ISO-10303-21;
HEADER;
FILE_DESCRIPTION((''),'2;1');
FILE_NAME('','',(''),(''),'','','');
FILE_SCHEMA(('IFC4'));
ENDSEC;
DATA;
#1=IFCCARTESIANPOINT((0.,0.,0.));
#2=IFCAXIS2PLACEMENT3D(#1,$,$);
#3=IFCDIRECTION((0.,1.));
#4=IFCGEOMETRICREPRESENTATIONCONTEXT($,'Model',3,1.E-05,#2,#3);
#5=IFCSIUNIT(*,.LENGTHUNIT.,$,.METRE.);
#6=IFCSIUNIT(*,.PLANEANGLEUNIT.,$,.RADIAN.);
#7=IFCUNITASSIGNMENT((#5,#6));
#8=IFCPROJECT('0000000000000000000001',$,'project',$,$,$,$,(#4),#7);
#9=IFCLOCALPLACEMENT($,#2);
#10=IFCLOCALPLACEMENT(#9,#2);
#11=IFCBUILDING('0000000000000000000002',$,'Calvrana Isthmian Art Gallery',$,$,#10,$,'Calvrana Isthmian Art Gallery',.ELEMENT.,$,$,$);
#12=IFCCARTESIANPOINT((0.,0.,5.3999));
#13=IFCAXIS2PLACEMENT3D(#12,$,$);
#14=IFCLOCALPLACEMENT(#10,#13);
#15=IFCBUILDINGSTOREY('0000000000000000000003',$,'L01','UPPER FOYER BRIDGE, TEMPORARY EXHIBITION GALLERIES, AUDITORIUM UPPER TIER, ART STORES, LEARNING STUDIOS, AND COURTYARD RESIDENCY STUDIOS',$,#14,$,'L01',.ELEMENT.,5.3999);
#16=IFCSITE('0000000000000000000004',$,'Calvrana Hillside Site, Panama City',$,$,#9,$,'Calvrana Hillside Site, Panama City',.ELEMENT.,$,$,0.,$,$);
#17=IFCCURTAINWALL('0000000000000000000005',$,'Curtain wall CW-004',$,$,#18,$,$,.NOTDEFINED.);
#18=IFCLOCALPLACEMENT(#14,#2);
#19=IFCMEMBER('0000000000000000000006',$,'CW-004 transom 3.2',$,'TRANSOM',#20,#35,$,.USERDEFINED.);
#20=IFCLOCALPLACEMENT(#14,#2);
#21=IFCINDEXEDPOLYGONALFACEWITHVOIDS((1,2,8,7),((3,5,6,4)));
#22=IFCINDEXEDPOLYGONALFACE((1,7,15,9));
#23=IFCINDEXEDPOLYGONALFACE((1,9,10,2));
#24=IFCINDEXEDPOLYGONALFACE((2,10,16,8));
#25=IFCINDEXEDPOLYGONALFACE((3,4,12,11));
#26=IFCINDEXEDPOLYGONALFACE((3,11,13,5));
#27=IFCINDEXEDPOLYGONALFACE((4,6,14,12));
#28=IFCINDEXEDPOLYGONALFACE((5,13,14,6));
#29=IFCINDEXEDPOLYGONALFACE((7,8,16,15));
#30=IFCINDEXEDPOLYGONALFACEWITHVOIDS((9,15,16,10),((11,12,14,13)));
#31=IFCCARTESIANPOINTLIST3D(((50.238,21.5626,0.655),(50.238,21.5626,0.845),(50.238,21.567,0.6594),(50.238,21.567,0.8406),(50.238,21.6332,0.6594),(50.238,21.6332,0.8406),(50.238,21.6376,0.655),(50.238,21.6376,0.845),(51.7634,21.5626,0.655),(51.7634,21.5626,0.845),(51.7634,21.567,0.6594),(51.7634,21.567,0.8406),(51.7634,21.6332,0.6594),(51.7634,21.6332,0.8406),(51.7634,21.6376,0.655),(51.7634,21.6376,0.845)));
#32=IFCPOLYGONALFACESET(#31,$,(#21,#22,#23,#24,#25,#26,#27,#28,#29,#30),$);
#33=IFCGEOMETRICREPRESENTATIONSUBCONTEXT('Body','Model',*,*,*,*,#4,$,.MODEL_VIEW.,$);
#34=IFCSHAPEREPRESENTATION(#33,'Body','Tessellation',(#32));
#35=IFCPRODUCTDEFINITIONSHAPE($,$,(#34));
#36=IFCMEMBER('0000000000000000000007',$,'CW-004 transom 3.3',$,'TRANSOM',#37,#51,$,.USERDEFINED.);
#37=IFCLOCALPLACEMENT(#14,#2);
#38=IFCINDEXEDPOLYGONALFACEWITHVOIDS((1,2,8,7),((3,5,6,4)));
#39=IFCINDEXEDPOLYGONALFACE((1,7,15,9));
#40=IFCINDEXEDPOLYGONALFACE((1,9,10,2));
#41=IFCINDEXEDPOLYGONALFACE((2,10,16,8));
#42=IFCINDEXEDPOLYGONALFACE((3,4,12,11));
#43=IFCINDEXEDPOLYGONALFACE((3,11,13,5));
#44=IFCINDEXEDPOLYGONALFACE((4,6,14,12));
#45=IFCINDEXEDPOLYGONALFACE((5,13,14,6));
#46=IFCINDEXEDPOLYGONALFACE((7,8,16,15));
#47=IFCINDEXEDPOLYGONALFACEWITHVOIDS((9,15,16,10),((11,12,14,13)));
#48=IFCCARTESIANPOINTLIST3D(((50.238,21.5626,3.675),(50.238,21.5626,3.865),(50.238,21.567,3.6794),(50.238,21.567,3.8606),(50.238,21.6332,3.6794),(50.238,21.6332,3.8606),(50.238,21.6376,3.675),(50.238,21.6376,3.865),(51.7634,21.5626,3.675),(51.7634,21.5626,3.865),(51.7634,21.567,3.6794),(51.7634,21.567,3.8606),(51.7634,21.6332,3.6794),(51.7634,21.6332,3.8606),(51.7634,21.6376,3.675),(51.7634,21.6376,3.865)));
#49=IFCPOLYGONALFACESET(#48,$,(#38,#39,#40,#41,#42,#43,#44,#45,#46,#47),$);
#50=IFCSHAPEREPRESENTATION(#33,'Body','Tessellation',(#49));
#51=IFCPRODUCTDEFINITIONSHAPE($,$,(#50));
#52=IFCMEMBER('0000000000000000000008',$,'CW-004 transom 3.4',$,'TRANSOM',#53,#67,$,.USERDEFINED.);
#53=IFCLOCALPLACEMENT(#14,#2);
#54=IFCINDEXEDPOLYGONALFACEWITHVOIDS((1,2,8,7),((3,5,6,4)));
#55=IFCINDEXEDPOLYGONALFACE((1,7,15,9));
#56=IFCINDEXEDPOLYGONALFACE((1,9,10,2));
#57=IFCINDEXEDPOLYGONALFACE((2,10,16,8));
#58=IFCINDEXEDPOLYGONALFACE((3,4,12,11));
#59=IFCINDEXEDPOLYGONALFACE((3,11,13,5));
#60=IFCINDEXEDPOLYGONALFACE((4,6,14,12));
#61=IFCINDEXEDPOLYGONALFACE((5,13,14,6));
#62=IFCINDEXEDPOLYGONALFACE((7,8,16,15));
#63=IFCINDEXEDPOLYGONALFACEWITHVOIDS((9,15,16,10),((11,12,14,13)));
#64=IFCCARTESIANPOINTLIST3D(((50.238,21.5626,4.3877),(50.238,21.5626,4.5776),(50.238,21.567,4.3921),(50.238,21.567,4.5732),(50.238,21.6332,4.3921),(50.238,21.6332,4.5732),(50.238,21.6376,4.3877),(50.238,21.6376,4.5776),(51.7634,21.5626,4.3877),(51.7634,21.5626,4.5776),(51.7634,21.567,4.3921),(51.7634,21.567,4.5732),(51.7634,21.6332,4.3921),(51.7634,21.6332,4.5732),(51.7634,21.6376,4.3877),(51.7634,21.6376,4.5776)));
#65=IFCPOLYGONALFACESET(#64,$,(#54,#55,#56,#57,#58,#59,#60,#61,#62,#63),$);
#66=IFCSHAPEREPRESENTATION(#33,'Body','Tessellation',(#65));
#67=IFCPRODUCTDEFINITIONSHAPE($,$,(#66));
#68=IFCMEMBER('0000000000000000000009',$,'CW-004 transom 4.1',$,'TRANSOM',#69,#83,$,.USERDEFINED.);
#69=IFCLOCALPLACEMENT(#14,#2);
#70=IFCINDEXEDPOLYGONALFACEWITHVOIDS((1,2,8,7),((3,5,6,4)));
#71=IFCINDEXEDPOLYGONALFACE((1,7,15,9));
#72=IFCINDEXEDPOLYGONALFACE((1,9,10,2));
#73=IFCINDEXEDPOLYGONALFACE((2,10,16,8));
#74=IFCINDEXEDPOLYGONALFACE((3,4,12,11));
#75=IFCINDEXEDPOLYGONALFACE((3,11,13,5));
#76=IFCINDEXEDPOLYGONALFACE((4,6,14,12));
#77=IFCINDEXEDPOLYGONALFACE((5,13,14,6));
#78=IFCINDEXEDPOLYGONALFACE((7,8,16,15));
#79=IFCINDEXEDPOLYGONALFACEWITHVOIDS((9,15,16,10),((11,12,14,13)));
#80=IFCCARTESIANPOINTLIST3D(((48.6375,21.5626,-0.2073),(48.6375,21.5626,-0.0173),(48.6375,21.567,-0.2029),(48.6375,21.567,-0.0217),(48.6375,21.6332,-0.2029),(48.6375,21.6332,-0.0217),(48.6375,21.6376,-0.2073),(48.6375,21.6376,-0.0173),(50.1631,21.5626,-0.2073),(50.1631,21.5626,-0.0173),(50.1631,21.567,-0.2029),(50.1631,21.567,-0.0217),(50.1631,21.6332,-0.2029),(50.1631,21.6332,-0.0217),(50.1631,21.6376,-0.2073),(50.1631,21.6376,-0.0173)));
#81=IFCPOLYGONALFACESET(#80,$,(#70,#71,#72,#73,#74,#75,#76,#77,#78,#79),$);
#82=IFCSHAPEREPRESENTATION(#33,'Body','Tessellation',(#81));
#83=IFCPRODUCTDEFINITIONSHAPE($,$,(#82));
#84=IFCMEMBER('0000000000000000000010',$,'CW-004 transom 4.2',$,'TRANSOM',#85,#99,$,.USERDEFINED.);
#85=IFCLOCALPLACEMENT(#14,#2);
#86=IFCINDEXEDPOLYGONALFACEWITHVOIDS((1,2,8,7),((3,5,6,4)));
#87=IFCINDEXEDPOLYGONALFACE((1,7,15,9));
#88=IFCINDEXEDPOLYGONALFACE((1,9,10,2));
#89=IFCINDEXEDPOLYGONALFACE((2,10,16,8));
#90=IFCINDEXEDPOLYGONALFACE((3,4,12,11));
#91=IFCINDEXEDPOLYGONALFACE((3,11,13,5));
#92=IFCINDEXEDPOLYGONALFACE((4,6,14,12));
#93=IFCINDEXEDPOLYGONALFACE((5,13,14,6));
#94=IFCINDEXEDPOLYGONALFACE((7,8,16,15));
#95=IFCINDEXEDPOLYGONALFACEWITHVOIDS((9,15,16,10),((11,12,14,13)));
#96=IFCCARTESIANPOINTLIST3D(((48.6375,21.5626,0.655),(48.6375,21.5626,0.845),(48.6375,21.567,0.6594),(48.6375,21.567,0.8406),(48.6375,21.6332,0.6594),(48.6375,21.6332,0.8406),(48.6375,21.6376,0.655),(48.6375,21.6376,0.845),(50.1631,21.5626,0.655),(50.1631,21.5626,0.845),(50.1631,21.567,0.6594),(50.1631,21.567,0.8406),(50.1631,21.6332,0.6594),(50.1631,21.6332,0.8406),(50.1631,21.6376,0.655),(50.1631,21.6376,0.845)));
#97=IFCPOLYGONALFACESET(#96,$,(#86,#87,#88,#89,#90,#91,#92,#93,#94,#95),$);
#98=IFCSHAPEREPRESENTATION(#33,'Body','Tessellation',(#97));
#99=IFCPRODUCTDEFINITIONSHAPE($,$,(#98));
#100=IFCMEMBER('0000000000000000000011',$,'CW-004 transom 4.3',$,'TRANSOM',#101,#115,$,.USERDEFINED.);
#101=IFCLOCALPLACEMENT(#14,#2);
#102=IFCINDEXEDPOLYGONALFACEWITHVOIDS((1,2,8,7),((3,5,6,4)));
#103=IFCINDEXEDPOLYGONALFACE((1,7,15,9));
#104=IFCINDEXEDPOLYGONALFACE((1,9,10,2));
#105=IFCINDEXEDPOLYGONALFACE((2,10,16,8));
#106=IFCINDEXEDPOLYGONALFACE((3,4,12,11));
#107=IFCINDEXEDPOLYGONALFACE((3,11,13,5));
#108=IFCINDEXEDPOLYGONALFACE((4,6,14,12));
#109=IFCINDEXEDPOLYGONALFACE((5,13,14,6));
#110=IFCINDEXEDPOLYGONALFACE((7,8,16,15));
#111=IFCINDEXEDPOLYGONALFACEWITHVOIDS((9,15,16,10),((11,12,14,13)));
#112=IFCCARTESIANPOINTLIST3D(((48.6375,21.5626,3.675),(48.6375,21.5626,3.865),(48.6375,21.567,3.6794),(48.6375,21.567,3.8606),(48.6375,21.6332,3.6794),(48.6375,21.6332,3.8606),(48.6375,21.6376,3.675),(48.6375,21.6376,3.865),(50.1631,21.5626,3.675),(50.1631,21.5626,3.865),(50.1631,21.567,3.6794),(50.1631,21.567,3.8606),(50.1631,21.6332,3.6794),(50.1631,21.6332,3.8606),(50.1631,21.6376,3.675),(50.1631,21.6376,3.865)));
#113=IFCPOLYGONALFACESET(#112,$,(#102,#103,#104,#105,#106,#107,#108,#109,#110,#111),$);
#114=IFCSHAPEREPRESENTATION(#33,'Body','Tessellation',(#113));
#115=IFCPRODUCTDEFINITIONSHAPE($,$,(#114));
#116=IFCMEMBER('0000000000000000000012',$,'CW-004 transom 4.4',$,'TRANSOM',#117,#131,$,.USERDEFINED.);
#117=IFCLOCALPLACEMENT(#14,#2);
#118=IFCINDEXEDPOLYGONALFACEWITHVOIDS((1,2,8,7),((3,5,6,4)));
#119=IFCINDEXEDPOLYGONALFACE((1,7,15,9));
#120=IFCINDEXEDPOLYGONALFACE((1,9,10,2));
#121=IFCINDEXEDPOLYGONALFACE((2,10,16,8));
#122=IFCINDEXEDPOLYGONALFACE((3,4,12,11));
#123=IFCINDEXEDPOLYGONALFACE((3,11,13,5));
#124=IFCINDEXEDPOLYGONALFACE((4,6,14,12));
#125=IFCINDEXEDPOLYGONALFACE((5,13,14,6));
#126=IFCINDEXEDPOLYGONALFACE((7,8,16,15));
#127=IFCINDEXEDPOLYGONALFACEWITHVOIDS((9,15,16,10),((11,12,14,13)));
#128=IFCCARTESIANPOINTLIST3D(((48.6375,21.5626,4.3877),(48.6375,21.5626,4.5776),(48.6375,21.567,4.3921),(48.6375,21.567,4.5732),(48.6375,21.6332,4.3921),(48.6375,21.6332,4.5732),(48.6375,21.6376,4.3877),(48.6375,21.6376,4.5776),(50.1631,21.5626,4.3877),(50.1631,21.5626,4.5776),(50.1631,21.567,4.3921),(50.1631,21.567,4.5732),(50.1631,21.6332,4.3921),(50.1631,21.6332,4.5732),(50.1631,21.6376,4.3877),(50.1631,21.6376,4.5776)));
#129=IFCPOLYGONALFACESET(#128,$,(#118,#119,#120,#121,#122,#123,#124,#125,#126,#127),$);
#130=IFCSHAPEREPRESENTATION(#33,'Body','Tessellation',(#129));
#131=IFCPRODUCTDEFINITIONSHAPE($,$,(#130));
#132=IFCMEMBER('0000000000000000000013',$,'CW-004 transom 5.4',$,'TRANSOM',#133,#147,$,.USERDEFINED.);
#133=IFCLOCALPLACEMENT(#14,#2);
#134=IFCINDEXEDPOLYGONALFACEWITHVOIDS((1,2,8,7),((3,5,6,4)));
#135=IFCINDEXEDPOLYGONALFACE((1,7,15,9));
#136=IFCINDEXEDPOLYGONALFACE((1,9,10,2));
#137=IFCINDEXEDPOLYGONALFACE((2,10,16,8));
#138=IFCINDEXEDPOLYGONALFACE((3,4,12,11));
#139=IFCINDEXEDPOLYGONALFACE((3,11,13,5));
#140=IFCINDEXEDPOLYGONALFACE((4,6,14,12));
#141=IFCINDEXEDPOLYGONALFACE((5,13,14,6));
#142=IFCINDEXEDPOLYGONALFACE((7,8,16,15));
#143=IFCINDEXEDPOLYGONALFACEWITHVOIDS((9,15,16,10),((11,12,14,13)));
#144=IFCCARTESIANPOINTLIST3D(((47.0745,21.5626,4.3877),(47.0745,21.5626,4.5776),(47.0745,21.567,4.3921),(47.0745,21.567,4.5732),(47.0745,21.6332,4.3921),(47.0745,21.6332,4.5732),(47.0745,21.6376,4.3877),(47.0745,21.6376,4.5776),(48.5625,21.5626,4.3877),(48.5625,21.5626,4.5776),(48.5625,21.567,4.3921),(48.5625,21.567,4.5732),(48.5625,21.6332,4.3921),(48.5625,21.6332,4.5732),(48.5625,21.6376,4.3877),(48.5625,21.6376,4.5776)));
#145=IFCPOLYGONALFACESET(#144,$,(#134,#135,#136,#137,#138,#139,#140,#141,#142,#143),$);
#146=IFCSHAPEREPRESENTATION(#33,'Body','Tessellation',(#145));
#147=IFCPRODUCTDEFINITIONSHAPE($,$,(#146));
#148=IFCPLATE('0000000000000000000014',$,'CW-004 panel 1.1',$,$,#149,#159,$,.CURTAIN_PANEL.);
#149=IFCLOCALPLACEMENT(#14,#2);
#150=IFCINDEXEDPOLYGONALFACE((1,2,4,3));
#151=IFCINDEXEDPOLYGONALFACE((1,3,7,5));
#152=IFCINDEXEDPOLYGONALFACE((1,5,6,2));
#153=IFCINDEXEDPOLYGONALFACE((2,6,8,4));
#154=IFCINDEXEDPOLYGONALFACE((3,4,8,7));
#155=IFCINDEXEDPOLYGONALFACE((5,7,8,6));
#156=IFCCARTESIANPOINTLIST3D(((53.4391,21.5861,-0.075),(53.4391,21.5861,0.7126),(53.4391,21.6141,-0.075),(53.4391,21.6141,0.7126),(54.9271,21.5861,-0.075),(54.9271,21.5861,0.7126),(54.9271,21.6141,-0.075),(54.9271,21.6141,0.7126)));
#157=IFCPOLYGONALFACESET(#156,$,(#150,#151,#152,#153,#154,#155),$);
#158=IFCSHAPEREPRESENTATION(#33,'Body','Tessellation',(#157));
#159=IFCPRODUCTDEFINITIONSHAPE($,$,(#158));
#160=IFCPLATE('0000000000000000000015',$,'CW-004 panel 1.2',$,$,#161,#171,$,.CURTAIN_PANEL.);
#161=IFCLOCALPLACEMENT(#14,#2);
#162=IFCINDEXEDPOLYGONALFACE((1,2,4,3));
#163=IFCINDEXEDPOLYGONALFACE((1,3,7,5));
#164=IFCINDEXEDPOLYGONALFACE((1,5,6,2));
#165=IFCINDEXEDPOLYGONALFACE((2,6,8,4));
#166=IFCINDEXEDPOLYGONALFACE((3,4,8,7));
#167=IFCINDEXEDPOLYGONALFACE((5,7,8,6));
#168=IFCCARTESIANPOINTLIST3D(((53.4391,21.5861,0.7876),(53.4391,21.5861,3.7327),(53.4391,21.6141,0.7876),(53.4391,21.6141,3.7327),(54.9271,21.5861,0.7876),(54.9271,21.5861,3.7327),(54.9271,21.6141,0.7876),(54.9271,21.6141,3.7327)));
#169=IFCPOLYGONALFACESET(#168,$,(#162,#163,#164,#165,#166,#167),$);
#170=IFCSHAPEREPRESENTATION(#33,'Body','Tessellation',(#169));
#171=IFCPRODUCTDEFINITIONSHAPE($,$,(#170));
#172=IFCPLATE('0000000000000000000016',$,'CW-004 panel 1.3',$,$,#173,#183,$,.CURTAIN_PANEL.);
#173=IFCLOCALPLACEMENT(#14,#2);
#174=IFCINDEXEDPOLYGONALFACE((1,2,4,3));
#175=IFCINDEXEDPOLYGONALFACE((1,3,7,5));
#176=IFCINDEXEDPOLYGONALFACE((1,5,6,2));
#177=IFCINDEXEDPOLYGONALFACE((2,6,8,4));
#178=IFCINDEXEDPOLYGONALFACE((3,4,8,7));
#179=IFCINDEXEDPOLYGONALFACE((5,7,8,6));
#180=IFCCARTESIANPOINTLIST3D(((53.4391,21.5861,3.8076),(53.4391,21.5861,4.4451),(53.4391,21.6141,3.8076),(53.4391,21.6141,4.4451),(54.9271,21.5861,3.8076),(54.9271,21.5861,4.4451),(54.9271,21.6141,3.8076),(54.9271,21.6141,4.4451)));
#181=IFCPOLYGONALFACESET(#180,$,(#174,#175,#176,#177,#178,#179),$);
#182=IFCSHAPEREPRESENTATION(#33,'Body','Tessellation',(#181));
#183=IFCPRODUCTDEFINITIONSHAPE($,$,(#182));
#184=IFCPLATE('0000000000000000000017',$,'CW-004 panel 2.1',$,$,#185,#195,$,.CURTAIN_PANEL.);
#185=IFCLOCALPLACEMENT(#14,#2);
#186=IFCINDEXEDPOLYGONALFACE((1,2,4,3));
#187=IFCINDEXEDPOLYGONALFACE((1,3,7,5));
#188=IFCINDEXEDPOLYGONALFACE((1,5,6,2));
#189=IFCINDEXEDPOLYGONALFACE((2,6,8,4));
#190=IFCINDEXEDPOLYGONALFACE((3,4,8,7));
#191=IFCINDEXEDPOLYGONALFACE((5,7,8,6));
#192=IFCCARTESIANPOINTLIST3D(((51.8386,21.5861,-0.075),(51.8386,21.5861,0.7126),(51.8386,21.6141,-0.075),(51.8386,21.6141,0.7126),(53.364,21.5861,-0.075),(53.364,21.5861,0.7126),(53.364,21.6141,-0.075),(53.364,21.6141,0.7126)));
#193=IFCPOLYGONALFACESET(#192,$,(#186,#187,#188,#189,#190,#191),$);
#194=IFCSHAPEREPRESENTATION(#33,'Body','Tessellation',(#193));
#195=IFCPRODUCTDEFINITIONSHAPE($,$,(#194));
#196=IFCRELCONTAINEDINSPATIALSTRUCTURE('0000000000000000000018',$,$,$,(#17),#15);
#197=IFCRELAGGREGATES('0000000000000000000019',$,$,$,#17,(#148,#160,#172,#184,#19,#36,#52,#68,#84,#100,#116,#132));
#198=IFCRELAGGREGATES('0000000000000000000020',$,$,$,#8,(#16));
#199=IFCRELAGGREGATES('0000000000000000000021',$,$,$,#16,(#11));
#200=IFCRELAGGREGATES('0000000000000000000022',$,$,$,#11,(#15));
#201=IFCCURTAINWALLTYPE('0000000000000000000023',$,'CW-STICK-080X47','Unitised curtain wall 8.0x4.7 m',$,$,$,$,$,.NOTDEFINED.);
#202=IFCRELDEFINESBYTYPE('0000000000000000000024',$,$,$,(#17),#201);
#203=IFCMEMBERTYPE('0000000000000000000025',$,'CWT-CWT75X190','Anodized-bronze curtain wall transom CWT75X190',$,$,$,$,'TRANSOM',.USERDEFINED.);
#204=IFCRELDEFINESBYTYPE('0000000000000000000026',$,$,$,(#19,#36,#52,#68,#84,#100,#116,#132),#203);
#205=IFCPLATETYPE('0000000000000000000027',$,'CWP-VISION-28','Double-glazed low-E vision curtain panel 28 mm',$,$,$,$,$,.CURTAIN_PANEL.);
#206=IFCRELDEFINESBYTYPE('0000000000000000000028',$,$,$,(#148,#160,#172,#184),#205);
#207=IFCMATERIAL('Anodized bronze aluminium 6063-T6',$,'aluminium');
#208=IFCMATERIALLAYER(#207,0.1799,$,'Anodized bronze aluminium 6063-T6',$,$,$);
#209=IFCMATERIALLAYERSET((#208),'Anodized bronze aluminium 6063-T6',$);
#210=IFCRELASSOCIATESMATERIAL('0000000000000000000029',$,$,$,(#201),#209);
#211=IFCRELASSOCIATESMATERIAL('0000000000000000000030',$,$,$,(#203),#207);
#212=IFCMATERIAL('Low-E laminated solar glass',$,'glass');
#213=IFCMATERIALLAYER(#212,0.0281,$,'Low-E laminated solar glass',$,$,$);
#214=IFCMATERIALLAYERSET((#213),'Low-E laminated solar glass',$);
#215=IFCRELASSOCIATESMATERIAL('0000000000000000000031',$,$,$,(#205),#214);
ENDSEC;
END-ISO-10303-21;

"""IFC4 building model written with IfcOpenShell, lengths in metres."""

from ifc_helpers import new_model, si_unit, direction, frame, origin, origin_2d, place, context, subcontext, project, spatial, rectangle, hollow_rectangle, extrude, material, layer, layer_set, material_profile, profile_set, type_object, element, aggregate, save


model = new_model("IFC4")

# Units and contexts
model_context = context("Model", 3, precision=1e-05, world=origin(), true_north=direction((0.0, 1.0)))
body_context = subcontext(model_context, "Body", "Model", "MODEL_VIEW")
ifc_project = project(units=[si_unit("LENGTHUNIT", "METRE"), si_unit("PLANEANGLEUNIT", "RADIAN")], contexts=[model_context])

# Site, building, storey
site_placement = place(None, origin())
site = spatial("IfcSite", under=ifc_project, at=site_placement, Name="Calvrana Hillside Site, Panama City", LongName="Calvrana Hillside Site, Panama City", CompositionType="ELEMENT", RefElevation=0.0)
building_placement = place(site_placement, origin())
building = spatial("IfcBuilding", under=site, at=building_placement, Name="Calvrana Isthmian Art Gallery", LongName="Calvrana Isthmian Art Gallery", CompositionType="ELEMENT")
storey_placement = place(building_placement, frame((0.0, 0.0, 5.3999)))
storey = spatial("IfcBuildingStorey", under=building, at=storey_placement, Name="L01", Description="UPPER FOYER BRIDGE, TEMPORARY EXHIBITION GALLERIES, AUDITORIUM UPPER TIER, ART STORES, LEARNING STUDIOS, AND COURTYARD RESIDENCY STUDIOS", LongName="L01", CompositionType="ELEMENT", Elevation=5.3999)

# Curtain wall, members, plates
ifc_material_1 = material(Name="Anodized bronze aluminium 6063-T6", Category="aluminium")
ifc_layer_1 = layer(ifc_material_1, 0.1799, Name="Anodized bronze aluminium 6063-T6")
ifc_layer_set_1 = layer_set([ifc_layer_1], Name="Anodized bronze aluminium 6063-T6")
curtain_wall_type = type_object("IfcCurtainWallType", Name="CW-STICK-080X47", Description="Unitised curtain wall 8.0x4.7 m", PredefinedType="NOTDEFINED", material=ifc_layer_set_1)
curtain_wall_placement = place(storey_placement, origin())
curtain_wall = element("IfcCurtainWall", 1, at=curtain_wall_placement, inside=storey, type_object=curtain_wall_type, Name="Curtain wall CW-004", PredefinedType="NOTDEFINED")
ifc_material_profile_1 = material_profile(ifc_material_1, hollow_rectangle(XDim=0.075, YDim=0.1899, WallThickness=0.0044, at=origin_2d()), Name="CWT75X190")
ifc_profile_set_1 = profile_set([ifc_material_profile_1], Name="Anodized bronze aluminium 6063-T6")
member_type_1 = type_object("IfcMemberType", Name="CWT-CWT75X190", Description="Anodized-bronze curtain wall transom CWT75X190", ElementType="TRANSOM", PredefinedType="USERDEFINED", material=ifc_profile_set_1)
member_1_placement = place(storey_placement, frame((51.7634, 21.6001, 0.75), z_axis=(-1.0, 0.0, 0.0), x_axis=(0.0, -1.0, 0.0)))
member_1 = element("IfcMember", 2, at=member_1_placement, type_object=member_type_1, Name="CW-004 transom 3.2", ObjectType="TRANSOM", PredefinedType="USERDEFINED", context=body_context, shape_type="SweptSolid", body=[
    extrude(hollow_rectangle(XDim=0.075, YDim=0.1899, WallThickness=0.0044, at=origin_2d()), origin(), (0.0, 0.0, 1.0), 1.5254),
])
member_2_placement = place(storey_placement, frame((51.7634, 21.6001, 3.77), z_axis=(-1.0, 0.0, 0.0), x_axis=(0.0, -1.0, 0.0)))
member_2 = element("IfcMember", 3, at=member_2_placement, type_object=member_type_1, Name="CW-004 transom 3.3", ObjectType="TRANSOM", PredefinedType="USERDEFINED", context=body_context, shape_type="SweptSolid", body=[
    extrude(hollow_rectangle(XDim=0.075, YDim=0.1899, WallThickness=0.0044, at=origin_2d()), origin(), (0.0, 0.0, 1.0), 1.5254),
])
member_3_placement = place(storey_placement, frame((51.7634, 21.6001, 4.4827), z_axis=(-1.0, 0.0, 0.0), x_axis=(0.0, -1.0, 0.0)))
member_3 = element("IfcMember", 4, at=member_3_placement, type_object=member_type_1, Name="CW-004 transom 3.4", ObjectType="TRANSOM", PredefinedType="USERDEFINED", context=body_context, shape_type="SweptSolid", body=[
    extrude(hollow_rectangle(XDim=0.075, YDim=0.1899, WallThickness=0.0044, at=origin_2d()), origin(), (0.0, 0.0, 1.0), 1.5254),
])
member_4_placement = place(storey_placement, frame((50.1631, 21.6001, -0.1123), z_axis=(-1.0, 0.0, 0.0), x_axis=(0.0, -1.0, 0.0)))
member_4 = element("IfcMember", 5, at=member_4_placement, type_object=member_type_1, Name="CW-004 transom 4.1", ObjectType="TRANSOM", PredefinedType="USERDEFINED", context=body_context, shape_type="SweptSolid", body=[
    extrude(hollow_rectangle(XDim=0.075, YDim=0.1899, WallThickness=0.0044, at=origin_2d()), origin(), (0.0, 0.0, 1.0), 1.5256),
])
member_5_placement = place(storey_placement, frame((50.1631, 21.6001, 0.75), z_axis=(-1.0, 0.0, 0.0), x_axis=(0.0, -1.0, 0.0)))
member_5 = element("IfcMember", 6, at=member_5_placement, type_object=member_type_1, Name="CW-004 transom 4.2", ObjectType="TRANSOM", PredefinedType="USERDEFINED", context=body_context, shape_type="SweptSolid", body=[
    extrude(hollow_rectangle(XDim=0.075, YDim=0.1899, WallThickness=0.0044, at=origin_2d()), origin(), (0.0, 0.0, 1.0), 1.5256),
])
member_6_placement = place(storey_placement, frame((50.1631, 21.6001, 3.77), z_axis=(-1.0, 0.0, 0.0), x_axis=(0.0, -1.0, 0.0)))
member_6 = element("IfcMember", 7, at=member_6_placement, type_object=member_type_1, Name="CW-004 transom 4.3", ObjectType="TRANSOM", PredefinedType="USERDEFINED", context=body_context, shape_type="SweptSolid", body=[
    extrude(hollow_rectangle(XDim=0.075, YDim=0.1899, WallThickness=0.0044, at=origin_2d()), origin(), (0.0, 0.0, 1.0), 1.5256),
])
member_7_placement = place(storey_placement, frame((50.1631, 21.6001, 4.4827), z_axis=(-1.0, 0.0, 0.0), x_axis=(0.0, -1.0, 0.0)))
member_7 = element("IfcMember", 8, at=member_7_placement, type_object=member_type_1, Name="CW-004 transom 4.4", ObjectType="TRANSOM", PredefinedType="USERDEFINED", context=body_context, shape_type="SweptSolid", body=[
    extrude(hollow_rectangle(XDim=0.075, YDim=0.1899, WallThickness=0.0044, at=origin_2d()), origin(), (0.0, 0.0, 1.0), 1.5256),
])
member_8_placement = place(storey_placement, frame((48.5625, 21.6001, 4.4827), z_axis=(-1.0, 0.0, 0.0), x_axis=(0.0, -1.0, 0.0)))
member_8 = element("IfcMember", 9, at=member_8_placement, type_object=member_type_1, Name="CW-004 transom 5.4", ObjectType="TRANSOM", PredefinedType="USERDEFINED", context=body_context, shape_type="SweptSolid", body=[
    extrude(hollow_rectangle(XDim=0.075, YDim=0.1899, WallThickness=0.0044, at=origin_2d()), origin(), (0.0, 0.0, 1.0), 1.488),
])
ifc_material_2 = material(Name="Low-E laminated solar glass", Category="glass")
ifc_layer_2 = layer(ifc_material_2, 0.0281, Name="Low-E laminated solar glass")
ifc_layer_set_2 = layer_set([ifc_layer_2], Name="Low-E laminated solar glass")
plate_type = type_object("IfcPlateType", Name="CWP-VISION-28", Description="Double-glazed low-E vision curtain panel 28 mm", PredefinedType="CURTAIN_PANEL", material=ifc_layer_set_2)
plate_1_placement = place(storey_placement, frame((54.1831, 21.6001, -0.075), z_axis=(0.0, 0.0, 1.0), x_axis=(-1.0, 0.0, 0.0)))
plate_1 = element("IfcPlate", 10, at=plate_1_placement, type_object=plate_type, Name="CW-004 panel 1.1", PredefinedType="CURTAIN_PANEL", context=body_context, shape_type="SweptSolid", body=[
    extrude(rectangle(XDim=1.488, YDim=0.0281, at=origin_2d()), origin(), (0.0, 0.0, 1.0), 0.7876),
])
plate_2_placement = place(storey_placement, frame((54.1831, 21.6001, 0.7876), z_axis=(0.0, 0.0, 1.0), x_axis=(-1.0, 0.0, 0.0)))
plate_2 = element("IfcPlate", 11, at=plate_2_placement, type_object=plate_type, Name="CW-004 panel 1.2", PredefinedType="CURTAIN_PANEL", context=body_context, shape_type="SweptSolid", body=[
    extrude(rectangle(XDim=1.488, YDim=0.0281, at=origin_2d()), origin(), (0.0, 0.0, 1.0), 2.9451),
])
plate_3_placement = place(storey_placement, frame((54.1831, 21.6001, 3.8076), z_axis=(0.0, 0.0, 1.0), x_axis=(-1.0, 0.0, 0.0)))
plate_3 = element("IfcPlate", 12, at=plate_3_placement, type_object=plate_type, Name="CW-004 panel 1.3", PredefinedType="CURTAIN_PANEL", context=body_context, shape_type="SweptSolid", body=[
    extrude(rectangle(XDim=1.488, YDim=0.0281, at=origin_2d()), origin(), (0.0, 0.0, 1.0), 0.6375),
])
plate_4_placement = place(storey_placement, frame((52.6013, 21.6001, -0.075), z_axis=(0.0, 0.0, 1.0), x_axis=(-1.0, 0.0, 0.0)))
plate_4 = element("IfcPlate", 13, at=plate_4_placement, type_object=plate_type, Name="CW-004 panel 2.1", PredefinedType="CURTAIN_PANEL", context=body_context, shape_type="SweptSolid", body=[
    extrude(rectangle(XDim=1.5254, YDim=0.0281, at=origin_2d()), origin(), (0.0, 0.0, 1.0), 0.7876),
])
aggregate(curtain_wall, [plate_1, plate_2, plate_3, plate_4, member_1, member_2, member_3, member_4, member_5, member_6, member_7, member_8])

save(model, "model.ifc")
